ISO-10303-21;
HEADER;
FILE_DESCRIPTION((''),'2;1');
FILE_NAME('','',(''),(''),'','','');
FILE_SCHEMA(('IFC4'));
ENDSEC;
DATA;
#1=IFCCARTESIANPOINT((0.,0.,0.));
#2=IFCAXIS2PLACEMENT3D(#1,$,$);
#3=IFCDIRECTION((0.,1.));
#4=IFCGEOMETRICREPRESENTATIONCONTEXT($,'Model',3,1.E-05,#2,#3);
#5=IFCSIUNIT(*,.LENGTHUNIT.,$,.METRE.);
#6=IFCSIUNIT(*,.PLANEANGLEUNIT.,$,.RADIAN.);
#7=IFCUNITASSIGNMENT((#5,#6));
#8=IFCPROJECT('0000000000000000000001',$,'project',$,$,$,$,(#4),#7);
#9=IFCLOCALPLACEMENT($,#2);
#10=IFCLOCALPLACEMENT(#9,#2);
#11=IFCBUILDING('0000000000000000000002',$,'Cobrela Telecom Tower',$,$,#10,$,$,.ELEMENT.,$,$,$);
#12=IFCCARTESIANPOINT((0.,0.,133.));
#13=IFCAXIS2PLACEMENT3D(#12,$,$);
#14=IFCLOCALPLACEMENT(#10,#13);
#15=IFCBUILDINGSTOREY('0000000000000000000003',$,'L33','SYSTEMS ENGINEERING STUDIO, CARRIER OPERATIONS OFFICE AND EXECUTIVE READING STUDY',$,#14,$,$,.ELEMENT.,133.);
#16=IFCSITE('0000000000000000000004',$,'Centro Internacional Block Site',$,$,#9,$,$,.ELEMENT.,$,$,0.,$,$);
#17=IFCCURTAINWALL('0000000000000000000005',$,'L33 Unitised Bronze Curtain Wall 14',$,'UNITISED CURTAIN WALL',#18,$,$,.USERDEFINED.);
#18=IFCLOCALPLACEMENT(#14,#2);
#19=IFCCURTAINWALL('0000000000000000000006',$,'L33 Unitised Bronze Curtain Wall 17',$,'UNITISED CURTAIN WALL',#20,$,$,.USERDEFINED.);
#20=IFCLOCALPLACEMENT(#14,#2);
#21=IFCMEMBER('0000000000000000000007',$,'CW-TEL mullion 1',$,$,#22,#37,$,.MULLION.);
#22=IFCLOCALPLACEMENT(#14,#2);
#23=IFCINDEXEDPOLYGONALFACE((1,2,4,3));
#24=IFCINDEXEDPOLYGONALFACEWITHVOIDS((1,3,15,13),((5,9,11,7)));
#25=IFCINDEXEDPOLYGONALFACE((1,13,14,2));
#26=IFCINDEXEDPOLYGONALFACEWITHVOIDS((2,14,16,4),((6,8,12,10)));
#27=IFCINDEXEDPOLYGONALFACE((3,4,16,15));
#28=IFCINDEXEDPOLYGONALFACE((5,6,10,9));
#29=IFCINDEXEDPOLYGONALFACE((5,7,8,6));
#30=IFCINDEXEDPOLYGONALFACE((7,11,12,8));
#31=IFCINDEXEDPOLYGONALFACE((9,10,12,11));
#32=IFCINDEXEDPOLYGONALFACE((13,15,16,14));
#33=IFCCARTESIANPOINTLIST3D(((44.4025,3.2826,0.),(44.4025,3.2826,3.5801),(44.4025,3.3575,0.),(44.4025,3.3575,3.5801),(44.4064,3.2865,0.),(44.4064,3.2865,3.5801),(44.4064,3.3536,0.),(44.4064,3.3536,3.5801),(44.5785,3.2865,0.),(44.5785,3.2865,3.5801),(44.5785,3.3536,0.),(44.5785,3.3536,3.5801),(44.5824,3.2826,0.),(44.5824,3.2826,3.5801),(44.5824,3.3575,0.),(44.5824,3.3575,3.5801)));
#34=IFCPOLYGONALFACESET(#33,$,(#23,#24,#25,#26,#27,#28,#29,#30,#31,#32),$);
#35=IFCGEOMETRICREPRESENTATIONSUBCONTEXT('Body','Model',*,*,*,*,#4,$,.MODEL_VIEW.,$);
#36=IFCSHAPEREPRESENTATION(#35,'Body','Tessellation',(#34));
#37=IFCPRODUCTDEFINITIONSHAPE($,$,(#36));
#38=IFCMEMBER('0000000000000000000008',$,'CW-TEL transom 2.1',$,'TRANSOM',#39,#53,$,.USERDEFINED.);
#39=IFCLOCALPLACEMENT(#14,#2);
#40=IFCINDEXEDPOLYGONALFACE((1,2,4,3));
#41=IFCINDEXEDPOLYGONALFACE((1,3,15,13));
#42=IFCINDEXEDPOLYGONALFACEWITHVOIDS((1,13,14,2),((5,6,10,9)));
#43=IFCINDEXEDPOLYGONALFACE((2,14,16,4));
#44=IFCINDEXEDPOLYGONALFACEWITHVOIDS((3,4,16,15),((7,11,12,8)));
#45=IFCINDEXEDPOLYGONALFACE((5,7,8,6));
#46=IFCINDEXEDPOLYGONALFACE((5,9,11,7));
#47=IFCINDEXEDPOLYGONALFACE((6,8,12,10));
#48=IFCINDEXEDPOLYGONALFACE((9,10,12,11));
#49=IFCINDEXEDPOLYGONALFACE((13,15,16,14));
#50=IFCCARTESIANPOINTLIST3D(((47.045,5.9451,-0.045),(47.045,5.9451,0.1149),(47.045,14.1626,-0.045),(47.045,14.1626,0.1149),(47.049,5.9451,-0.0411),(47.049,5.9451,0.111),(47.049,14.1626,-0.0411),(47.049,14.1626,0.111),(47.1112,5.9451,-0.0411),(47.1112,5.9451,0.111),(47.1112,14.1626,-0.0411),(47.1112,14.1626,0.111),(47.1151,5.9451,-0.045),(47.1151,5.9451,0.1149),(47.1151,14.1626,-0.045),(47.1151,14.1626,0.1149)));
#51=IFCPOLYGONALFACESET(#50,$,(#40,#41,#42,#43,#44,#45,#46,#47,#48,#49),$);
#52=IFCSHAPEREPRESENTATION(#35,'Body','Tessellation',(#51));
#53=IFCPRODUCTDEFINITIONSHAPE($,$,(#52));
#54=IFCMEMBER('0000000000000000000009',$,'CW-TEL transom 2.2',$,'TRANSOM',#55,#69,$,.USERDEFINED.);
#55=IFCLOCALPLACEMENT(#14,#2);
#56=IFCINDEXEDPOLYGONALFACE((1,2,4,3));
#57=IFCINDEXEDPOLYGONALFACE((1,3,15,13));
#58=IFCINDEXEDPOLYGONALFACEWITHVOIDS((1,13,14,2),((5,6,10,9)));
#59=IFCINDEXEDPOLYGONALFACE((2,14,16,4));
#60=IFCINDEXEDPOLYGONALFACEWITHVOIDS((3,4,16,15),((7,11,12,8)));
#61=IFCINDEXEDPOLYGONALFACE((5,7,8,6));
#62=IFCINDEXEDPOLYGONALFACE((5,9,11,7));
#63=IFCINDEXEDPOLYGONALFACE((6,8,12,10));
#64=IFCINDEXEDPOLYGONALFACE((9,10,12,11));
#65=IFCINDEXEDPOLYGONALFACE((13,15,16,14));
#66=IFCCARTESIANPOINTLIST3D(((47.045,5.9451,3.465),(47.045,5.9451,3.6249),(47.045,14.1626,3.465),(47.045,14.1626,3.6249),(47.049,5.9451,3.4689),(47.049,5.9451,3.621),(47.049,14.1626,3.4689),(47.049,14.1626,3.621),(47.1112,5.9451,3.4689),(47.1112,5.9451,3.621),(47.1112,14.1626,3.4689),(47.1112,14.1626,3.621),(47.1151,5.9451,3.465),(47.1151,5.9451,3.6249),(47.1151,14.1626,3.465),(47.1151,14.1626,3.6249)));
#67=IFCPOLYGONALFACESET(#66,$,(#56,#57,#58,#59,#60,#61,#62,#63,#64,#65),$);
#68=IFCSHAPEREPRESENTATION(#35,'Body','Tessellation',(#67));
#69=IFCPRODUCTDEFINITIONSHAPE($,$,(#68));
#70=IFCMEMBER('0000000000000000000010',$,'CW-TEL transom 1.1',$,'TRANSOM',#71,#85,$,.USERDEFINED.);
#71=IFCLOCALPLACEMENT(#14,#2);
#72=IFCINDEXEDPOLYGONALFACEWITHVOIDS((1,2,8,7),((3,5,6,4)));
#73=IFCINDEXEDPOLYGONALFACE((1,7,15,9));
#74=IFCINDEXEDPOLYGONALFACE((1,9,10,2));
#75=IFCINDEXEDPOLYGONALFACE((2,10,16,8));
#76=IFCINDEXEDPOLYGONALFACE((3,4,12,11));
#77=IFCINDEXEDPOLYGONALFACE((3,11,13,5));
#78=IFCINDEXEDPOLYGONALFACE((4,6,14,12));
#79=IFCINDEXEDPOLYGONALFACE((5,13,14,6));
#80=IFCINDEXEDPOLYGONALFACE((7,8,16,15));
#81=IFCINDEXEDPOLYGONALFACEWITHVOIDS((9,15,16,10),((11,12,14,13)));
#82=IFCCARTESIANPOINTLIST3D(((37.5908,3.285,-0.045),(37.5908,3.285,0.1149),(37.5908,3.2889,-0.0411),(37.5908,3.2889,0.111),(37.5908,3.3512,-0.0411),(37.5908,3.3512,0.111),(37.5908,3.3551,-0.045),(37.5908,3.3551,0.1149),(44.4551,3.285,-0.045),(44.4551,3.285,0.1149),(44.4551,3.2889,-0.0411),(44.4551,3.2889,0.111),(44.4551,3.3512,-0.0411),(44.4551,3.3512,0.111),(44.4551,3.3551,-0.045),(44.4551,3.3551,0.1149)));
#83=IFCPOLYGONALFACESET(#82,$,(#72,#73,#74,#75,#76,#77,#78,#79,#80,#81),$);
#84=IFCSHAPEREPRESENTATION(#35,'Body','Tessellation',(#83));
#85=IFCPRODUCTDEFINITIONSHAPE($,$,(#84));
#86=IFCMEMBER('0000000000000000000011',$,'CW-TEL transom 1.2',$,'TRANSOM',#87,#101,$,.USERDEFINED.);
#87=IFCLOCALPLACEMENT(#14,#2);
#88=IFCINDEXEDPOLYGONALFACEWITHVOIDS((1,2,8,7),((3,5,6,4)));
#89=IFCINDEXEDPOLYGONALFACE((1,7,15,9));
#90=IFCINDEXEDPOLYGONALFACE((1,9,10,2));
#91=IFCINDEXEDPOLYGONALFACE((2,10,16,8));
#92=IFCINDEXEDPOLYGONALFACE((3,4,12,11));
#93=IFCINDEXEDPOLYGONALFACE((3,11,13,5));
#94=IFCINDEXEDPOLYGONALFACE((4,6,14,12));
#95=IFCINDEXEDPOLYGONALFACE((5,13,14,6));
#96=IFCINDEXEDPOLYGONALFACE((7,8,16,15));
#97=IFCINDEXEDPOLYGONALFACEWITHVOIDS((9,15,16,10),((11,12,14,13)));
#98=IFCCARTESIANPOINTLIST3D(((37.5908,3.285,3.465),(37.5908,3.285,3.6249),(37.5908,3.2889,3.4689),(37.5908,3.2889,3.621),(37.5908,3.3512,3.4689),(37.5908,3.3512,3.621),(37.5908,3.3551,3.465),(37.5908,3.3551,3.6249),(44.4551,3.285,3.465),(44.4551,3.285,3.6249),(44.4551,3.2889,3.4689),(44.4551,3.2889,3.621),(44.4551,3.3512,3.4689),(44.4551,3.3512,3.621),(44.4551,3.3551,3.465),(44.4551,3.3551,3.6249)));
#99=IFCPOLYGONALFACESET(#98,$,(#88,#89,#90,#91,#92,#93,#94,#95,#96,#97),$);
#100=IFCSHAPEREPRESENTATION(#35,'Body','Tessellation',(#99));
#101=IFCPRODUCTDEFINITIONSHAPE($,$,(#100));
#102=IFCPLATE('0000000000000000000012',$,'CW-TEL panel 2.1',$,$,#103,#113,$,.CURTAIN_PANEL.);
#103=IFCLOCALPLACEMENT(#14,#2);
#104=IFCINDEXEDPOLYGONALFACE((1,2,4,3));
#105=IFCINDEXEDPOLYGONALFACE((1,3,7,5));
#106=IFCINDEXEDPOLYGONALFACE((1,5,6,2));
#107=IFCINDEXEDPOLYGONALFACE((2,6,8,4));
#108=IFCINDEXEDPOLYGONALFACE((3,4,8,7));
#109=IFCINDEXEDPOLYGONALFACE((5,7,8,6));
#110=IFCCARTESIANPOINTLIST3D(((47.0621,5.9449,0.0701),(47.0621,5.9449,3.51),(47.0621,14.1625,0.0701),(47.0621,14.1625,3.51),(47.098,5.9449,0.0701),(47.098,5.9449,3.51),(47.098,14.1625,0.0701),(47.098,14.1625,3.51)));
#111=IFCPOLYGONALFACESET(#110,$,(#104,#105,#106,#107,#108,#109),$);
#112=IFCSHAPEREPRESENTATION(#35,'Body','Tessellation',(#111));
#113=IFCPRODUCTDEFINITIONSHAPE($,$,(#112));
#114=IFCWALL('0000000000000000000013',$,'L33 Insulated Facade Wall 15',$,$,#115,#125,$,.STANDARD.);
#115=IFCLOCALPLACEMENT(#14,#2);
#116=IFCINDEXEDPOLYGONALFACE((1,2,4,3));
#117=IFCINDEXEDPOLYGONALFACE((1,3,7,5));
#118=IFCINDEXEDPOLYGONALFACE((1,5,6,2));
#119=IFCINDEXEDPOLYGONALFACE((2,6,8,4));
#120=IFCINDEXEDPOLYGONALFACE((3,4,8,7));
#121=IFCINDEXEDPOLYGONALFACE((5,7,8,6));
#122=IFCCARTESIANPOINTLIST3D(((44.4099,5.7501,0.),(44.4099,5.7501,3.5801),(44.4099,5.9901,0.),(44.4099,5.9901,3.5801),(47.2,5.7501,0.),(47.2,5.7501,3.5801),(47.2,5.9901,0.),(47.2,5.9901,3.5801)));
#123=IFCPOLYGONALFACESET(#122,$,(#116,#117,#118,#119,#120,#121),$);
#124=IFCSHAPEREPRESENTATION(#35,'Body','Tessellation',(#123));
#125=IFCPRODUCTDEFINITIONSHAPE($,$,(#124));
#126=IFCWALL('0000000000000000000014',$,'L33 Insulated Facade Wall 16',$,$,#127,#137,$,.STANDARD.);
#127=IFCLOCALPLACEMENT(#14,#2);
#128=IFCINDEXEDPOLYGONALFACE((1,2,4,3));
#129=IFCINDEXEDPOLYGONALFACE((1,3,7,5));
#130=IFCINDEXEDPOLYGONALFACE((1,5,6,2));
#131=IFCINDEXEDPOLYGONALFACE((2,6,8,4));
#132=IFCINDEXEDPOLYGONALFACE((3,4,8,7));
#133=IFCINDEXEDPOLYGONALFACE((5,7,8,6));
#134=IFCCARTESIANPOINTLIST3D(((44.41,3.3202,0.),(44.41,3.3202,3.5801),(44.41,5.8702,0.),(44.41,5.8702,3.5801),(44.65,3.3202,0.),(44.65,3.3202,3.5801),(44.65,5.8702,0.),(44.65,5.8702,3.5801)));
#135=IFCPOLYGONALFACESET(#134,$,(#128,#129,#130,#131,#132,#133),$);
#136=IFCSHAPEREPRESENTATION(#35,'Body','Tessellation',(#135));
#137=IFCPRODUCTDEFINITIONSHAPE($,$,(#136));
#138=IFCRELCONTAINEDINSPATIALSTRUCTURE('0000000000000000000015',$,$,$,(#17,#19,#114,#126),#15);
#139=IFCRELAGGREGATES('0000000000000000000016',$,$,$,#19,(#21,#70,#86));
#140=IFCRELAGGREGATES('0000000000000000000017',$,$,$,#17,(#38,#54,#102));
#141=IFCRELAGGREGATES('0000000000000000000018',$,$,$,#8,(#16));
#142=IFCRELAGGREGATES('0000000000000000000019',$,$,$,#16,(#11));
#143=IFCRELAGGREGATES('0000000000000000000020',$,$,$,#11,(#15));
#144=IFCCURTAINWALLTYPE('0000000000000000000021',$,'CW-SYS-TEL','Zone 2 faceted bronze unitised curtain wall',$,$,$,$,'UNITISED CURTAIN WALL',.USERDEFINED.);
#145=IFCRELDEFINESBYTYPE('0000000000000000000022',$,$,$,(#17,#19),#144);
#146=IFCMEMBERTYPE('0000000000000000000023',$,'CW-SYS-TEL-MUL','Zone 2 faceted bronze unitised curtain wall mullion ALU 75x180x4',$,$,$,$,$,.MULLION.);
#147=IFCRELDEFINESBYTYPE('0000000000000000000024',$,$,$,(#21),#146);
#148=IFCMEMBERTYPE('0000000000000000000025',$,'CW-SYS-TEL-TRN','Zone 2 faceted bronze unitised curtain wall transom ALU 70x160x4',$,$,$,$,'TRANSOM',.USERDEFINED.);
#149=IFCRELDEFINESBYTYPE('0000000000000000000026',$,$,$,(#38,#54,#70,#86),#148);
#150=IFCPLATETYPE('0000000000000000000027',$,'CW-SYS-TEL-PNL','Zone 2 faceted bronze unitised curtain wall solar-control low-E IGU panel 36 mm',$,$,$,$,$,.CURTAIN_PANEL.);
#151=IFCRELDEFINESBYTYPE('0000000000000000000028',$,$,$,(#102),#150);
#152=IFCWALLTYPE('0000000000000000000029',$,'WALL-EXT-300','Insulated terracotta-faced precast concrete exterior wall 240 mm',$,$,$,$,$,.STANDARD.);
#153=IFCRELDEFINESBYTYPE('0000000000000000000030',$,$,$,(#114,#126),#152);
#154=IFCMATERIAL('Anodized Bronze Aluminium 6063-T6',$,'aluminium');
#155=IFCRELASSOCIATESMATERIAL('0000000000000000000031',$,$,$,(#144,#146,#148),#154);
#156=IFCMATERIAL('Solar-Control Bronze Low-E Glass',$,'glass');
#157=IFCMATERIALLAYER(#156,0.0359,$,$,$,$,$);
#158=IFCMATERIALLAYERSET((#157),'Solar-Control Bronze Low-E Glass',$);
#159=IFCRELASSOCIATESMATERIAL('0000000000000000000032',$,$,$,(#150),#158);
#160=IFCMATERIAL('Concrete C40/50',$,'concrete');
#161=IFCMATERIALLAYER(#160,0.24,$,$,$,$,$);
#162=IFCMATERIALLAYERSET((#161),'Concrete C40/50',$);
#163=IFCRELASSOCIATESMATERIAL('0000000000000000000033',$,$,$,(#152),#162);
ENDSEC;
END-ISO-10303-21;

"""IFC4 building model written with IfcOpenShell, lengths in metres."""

from ifc_helpers import new_model, si_unit, direction, frame, frame_2d, origin, origin_2d, place, context, subcontext, project, spatial, rectangle, hollow_rectangle, extrude, material, layer, layer_set, material_profile, profile_set, type_object, element, aggregate, save


model = new_model("IFC4")

# Units and contexts
model_context = context("Model", 3, precision=1e-05, world=origin(), true_north=direction((0.0, 1.0)))
body_context = subcontext(model_context, "Body", "Model", "MODEL_VIEW")
ifc_project = project(units=[si_unit("LENGTHUNIT", "METRE"), si_unit("PLANEANGLEUNIT", "RADIAN")], contexts=[model_context])

# Site, building, storey
site_placement = place(None, origin())
site = spatial("IfcSite", under=ifc_project, at=site_placement, Name="Centro Internacional Block Site", CompositionType="ELEMENT", RefElevation=0.0)
building_placement = place(site_placement, origin())
building = spatial("IfcBuilding", under=site, at=building_placement, Name="Cobrela Telecom Tower", CompositionType="ELEMENT")
storey_placement = place(building_placement, frame((0.0, 0.0, 133.0)))
storey = spatial("IfcBuildingStorey", under=building, at=storey_placement, Name="L33", Description="SYSTEMS ENGINEERING STUDIO, CARRIER OPERATIONS OFFICE AND EXECUTIVE READING STUDY", CompositionType="ELEMENT", Elevation=133.0)

# Curtain wall
ifc_material_1 = material(Name="Anodized Bronze Aluminium 6063-T6", Category="aluminium")
curtain_wall_type = type_object("IfcCurtainWallType", Name="CW-SYS-TEL", Description="Zone 2 faceted bronze unitised curtain wall", ElementType="UNITISED CURTAIN WALL", PredefinedType="USERDEFINED", material=ifc_material_1)
curtain_wall_1_placement = place(storey_placement, origin())
curtain_wall_1 = element("IfcCurtainWall", 1, at=curtain_wall_1_placement, inside=storey, type_object=curtain_wall_type, Name="L33 Unitised Bronze Curtain Wall 14", ObjectType="UNITISED CURTAIN WALL", PredefinedType="USERDEFINED")
ifc_material_profile_1 = material_profile(ifc_material_1, hollow_rectangle(XDim=0.075, YDim=0.1799, WallThickness=0.0039, at=origin_2d()), Name="ALU 75x180x4")
ifc_profile_set_1 = profile_set([ifc_material_profile_1], Name="Anodized Bronze Aluminium 6063-T6")
member_type_1 = type_object("IfcMemberType", Name="CW-SYS-TEL-MUL", Description="Zone 2 faceted bronze unitised curtain wall mullion ALU 75x180x4", PredefinedType="MULLION", material=ifc_profile_set_1)

# Curtain wall, member
curtain_wall_2_placement = place(storey_placement, origin())
curtain_wall_2 = element("IfcCurtainWall", 2, at=curtain_wall_2_placement, inside=storey, type_object=curtain_wall_type, Name="L33 Unitised Bronze Curtain Wall 17", ObjectType="UNITISED CURTAIN WALL", PredefinedType="USERDEFINED")
member_1_placement = place(storey_placement, frame((44.4924, 3.3201, 0.0), z_axis=(0.0, 0.0, 1.0), x_axis=(0.0, -1.0, 0.0)))
member_1 = element("IfcMember", 3, at=member_1_placement, type_object=member_type_1, Name="CW-TEL mullion 1", PredefinedType="MULLION", context=body_context, shape_type="SweptSolid", body=[
    extrude(hollow_rectangle(XDim=0.075, YDim=0.1799, WallThickness=0.0039, at=origin_2d()), origin(), (0.0, 0.0, 1.0), 3.5801),
])

# Members
ifc_material_profile_2 = material_profile(ifc_material_1, hollow_rectangle(XDim=0.0701, YDim=0.1599, WallThickness=0.0039, at=origin_2d()), Name="ALU 70x160x4")
ifc_profile_set_2 = profile_set([ifc_material_profile_2], Name="Anodized Bronze Aluminium 6063-T6")
member_type_2 = type_object("IfcMemberType", Name="CW-SYS-TEL-TRN", Description="Zone 2 faceted bronze unitised curtain wall transom ALU 70x160x4", ElementType="TRANSOM", PredefinedType="USERDEFINED", material=ifc_profile_set_2)
member_2_placement = place(storey_placement, frame((47.0801, 14.1626, 0.0349), z_axis=(0.0, -1.0, 0.0), x_axis=(1.0, 0.0, 0.0)))
member_2 = element("IfcMember", 4, at=member_2_placement, type_object=member_type_2, Name="CW-TEL transom 2.1", ObjectType="TRANSOM", PredefinedType="USERDEFINED", context=body_context, shape_type="SweptSolid", body=[
    extrude(hollow_rectangle(XDim=0.0701, YDim=0.1599, WallThickness=0.0039, at=origin_2d()), origin(), (0.0, 0.0, 1.0), 8.2175),
])
member_3_placement = place(storey_placement, frame((47.0801, 14.1626, 3.5449), z_axis=(0.0, -1.0, 0.0), x_axis=(1.0, 0.0, 0.0)))
member_3 = element("IfcMember", 5, at=member_3_placement, type_object=member_type_2, Name="CW-TEL transom 2.2", ObjectType="TRANSOM", PredefinedType="USERDEFINED", context=body_context, shape_type="SweptSolid", body=[
    extrude(hollow_rectangle(XDim=0.0701, YDim=0.1599, WallThickness=0.0039, at=origin_2d()), origin(), (0.0, 0.0, 1.0), 8.2175),
])
member_4_placement = place(storey_placement, frame((44.4551, 3.3201, 0.0349), z_axis=(-1.0, 0.0, 0.0), x_axis=(0.0, -1.0, 0.0)))
member_4 = element("IfcMember", 6, at=member_4_placement, type_object=member_type_2, Name="CW-TEL transom 1.1", ObjectType="TRANSOM", PredefinedType="USERDEFINED", context=body_context, shape_type="SweptSolid", body=[
    extrude(hollow_rectangle(XDim=0.0701, YDim=0.1599, WallThickness=0.0039, at=origin_2d()), origin(), (0.0, 0.0, 1.0), 6.8643),
])
member_5_placement = place(storey_placement, frame((44.4551, 3.3201, 3.5449), z_axis=(-1.0, 0.0, 0.0), x_axis=(0.0, -1.0, 0.0)))
member_5 = element("IfcMember", 7, at=member_5_placement, type_object=member_type_2, Name="CW-TEL transom 1.2", ObjectType="TRANSOM", PredefinedType="USERDEFINED", context=body_context, shape_type="SweptSolid", body=[
    extrude(hollow_rectangle(XDim=0.0701, YDim=0.1599, WallThickness=0.0039, at=origin_2d()), origin(), (0.0, 0.0, 1.0), 6.8643),
])
aggregate(curtain_wall_2, [member_1, member_4, member_5])

# Plate
ifc_material_2 = material(Name="Solar-Control Bronze Low-E Glass", Category="glass")
ifc_layer_1 = layer(ifc_material_2, 0.0359)
ifc_layer_set_1 = layer_set([ifc_layer_1], Name="Solar-Control Bronze Low-E Glass")
plate_type = type_object("IfcPlateType", Name="CW-SYS-TEL-PNL", Description="Zone 2 faceted bronze unitised curtain wall solar-control low-E IGU panel 36 mm", PredefinedType="CURTAIN_PANEL", material=ifc_layer_set_1)
plate_placement = place(storey_placement, frame((47.0801, 10.0537, 0.0701), z_axis=(0.0, 0.0, 1.0), x_axis=(0.0, -1.0, 0.0)))
plate = element("IfcPlate", 8, at=plate_placement, type_object=plate_type, Name="CW-TEL panel 2.1", PredefinedType="CURTAIN_PANEL", context=body_context, shape_type="SweptSolid", body=[
    extrude(rectangle(XDim=8.2175, YDim=0.0359, at=origin_2d()), origin(), (0.0, 0.0, 1.0), 3.4399),
])
aggregate(curtain_wall_1, [member_2, member_3, plate])

# Walls
ifc_material_3 = material(Name="Concrete C40/50", Category="concrete")
ifc_layer_2 = layer(ifc_material_3, 0.24)
ifc_layer_set_2 = layer_set([ifc_layer_2], Name="Concrete C40/50")
wall_type = type_object("IfcWallType", Name="WALL-EXT-300", Description="Insulated terracotta-faced precast concrete exterior wall 240 mm", PredefinedType="STANDARD", material=ifc_layer_set_2)
wall_1_placement = place(storey_placement, frame((47.2, 5.8701, 0.0), z_axis=(0.0, 0.0, 1.0), x_axis=(-1.0, 0.0, 0.0)))
element("IfcWall", 9, at=wall_1_placement, inside=storey, type_object=wall_type, Name="L33 Insulated Facade Wall 15", PredefinedType="STANDARD", context=body_context, shape_type="SweptSolid", body=[
    extrude(rectangle(XDim=2.79, YDim=0.24, at=frame_2d((1.395, 0.0))), origin(), (0.0, 0.0, 1.0), 3.5801),
])
wall_2_placement = place(storey_placement, frame((44.53, 5.8701, 0.0), z_axis=(0.0, 0.0, 1.0), x_axis=(0.0, -1.0, 0.0)))
element("IfcWall", 10, at=wall_2_placement, inside=storey, type_object=wall_type, Name="L33 Insulated Facade Wall 16", PredefinedType="STANDARD", context=body_context, shape_type="SweptSolid", body=[
    extrude(rectangle(XDim=2.55, YDim=0.24, at=frame_2d((1.2749, 0.0))), origin(), (0.0, 0.0, 1.0), 3.5801),
])

save(model, "model.ifc")
